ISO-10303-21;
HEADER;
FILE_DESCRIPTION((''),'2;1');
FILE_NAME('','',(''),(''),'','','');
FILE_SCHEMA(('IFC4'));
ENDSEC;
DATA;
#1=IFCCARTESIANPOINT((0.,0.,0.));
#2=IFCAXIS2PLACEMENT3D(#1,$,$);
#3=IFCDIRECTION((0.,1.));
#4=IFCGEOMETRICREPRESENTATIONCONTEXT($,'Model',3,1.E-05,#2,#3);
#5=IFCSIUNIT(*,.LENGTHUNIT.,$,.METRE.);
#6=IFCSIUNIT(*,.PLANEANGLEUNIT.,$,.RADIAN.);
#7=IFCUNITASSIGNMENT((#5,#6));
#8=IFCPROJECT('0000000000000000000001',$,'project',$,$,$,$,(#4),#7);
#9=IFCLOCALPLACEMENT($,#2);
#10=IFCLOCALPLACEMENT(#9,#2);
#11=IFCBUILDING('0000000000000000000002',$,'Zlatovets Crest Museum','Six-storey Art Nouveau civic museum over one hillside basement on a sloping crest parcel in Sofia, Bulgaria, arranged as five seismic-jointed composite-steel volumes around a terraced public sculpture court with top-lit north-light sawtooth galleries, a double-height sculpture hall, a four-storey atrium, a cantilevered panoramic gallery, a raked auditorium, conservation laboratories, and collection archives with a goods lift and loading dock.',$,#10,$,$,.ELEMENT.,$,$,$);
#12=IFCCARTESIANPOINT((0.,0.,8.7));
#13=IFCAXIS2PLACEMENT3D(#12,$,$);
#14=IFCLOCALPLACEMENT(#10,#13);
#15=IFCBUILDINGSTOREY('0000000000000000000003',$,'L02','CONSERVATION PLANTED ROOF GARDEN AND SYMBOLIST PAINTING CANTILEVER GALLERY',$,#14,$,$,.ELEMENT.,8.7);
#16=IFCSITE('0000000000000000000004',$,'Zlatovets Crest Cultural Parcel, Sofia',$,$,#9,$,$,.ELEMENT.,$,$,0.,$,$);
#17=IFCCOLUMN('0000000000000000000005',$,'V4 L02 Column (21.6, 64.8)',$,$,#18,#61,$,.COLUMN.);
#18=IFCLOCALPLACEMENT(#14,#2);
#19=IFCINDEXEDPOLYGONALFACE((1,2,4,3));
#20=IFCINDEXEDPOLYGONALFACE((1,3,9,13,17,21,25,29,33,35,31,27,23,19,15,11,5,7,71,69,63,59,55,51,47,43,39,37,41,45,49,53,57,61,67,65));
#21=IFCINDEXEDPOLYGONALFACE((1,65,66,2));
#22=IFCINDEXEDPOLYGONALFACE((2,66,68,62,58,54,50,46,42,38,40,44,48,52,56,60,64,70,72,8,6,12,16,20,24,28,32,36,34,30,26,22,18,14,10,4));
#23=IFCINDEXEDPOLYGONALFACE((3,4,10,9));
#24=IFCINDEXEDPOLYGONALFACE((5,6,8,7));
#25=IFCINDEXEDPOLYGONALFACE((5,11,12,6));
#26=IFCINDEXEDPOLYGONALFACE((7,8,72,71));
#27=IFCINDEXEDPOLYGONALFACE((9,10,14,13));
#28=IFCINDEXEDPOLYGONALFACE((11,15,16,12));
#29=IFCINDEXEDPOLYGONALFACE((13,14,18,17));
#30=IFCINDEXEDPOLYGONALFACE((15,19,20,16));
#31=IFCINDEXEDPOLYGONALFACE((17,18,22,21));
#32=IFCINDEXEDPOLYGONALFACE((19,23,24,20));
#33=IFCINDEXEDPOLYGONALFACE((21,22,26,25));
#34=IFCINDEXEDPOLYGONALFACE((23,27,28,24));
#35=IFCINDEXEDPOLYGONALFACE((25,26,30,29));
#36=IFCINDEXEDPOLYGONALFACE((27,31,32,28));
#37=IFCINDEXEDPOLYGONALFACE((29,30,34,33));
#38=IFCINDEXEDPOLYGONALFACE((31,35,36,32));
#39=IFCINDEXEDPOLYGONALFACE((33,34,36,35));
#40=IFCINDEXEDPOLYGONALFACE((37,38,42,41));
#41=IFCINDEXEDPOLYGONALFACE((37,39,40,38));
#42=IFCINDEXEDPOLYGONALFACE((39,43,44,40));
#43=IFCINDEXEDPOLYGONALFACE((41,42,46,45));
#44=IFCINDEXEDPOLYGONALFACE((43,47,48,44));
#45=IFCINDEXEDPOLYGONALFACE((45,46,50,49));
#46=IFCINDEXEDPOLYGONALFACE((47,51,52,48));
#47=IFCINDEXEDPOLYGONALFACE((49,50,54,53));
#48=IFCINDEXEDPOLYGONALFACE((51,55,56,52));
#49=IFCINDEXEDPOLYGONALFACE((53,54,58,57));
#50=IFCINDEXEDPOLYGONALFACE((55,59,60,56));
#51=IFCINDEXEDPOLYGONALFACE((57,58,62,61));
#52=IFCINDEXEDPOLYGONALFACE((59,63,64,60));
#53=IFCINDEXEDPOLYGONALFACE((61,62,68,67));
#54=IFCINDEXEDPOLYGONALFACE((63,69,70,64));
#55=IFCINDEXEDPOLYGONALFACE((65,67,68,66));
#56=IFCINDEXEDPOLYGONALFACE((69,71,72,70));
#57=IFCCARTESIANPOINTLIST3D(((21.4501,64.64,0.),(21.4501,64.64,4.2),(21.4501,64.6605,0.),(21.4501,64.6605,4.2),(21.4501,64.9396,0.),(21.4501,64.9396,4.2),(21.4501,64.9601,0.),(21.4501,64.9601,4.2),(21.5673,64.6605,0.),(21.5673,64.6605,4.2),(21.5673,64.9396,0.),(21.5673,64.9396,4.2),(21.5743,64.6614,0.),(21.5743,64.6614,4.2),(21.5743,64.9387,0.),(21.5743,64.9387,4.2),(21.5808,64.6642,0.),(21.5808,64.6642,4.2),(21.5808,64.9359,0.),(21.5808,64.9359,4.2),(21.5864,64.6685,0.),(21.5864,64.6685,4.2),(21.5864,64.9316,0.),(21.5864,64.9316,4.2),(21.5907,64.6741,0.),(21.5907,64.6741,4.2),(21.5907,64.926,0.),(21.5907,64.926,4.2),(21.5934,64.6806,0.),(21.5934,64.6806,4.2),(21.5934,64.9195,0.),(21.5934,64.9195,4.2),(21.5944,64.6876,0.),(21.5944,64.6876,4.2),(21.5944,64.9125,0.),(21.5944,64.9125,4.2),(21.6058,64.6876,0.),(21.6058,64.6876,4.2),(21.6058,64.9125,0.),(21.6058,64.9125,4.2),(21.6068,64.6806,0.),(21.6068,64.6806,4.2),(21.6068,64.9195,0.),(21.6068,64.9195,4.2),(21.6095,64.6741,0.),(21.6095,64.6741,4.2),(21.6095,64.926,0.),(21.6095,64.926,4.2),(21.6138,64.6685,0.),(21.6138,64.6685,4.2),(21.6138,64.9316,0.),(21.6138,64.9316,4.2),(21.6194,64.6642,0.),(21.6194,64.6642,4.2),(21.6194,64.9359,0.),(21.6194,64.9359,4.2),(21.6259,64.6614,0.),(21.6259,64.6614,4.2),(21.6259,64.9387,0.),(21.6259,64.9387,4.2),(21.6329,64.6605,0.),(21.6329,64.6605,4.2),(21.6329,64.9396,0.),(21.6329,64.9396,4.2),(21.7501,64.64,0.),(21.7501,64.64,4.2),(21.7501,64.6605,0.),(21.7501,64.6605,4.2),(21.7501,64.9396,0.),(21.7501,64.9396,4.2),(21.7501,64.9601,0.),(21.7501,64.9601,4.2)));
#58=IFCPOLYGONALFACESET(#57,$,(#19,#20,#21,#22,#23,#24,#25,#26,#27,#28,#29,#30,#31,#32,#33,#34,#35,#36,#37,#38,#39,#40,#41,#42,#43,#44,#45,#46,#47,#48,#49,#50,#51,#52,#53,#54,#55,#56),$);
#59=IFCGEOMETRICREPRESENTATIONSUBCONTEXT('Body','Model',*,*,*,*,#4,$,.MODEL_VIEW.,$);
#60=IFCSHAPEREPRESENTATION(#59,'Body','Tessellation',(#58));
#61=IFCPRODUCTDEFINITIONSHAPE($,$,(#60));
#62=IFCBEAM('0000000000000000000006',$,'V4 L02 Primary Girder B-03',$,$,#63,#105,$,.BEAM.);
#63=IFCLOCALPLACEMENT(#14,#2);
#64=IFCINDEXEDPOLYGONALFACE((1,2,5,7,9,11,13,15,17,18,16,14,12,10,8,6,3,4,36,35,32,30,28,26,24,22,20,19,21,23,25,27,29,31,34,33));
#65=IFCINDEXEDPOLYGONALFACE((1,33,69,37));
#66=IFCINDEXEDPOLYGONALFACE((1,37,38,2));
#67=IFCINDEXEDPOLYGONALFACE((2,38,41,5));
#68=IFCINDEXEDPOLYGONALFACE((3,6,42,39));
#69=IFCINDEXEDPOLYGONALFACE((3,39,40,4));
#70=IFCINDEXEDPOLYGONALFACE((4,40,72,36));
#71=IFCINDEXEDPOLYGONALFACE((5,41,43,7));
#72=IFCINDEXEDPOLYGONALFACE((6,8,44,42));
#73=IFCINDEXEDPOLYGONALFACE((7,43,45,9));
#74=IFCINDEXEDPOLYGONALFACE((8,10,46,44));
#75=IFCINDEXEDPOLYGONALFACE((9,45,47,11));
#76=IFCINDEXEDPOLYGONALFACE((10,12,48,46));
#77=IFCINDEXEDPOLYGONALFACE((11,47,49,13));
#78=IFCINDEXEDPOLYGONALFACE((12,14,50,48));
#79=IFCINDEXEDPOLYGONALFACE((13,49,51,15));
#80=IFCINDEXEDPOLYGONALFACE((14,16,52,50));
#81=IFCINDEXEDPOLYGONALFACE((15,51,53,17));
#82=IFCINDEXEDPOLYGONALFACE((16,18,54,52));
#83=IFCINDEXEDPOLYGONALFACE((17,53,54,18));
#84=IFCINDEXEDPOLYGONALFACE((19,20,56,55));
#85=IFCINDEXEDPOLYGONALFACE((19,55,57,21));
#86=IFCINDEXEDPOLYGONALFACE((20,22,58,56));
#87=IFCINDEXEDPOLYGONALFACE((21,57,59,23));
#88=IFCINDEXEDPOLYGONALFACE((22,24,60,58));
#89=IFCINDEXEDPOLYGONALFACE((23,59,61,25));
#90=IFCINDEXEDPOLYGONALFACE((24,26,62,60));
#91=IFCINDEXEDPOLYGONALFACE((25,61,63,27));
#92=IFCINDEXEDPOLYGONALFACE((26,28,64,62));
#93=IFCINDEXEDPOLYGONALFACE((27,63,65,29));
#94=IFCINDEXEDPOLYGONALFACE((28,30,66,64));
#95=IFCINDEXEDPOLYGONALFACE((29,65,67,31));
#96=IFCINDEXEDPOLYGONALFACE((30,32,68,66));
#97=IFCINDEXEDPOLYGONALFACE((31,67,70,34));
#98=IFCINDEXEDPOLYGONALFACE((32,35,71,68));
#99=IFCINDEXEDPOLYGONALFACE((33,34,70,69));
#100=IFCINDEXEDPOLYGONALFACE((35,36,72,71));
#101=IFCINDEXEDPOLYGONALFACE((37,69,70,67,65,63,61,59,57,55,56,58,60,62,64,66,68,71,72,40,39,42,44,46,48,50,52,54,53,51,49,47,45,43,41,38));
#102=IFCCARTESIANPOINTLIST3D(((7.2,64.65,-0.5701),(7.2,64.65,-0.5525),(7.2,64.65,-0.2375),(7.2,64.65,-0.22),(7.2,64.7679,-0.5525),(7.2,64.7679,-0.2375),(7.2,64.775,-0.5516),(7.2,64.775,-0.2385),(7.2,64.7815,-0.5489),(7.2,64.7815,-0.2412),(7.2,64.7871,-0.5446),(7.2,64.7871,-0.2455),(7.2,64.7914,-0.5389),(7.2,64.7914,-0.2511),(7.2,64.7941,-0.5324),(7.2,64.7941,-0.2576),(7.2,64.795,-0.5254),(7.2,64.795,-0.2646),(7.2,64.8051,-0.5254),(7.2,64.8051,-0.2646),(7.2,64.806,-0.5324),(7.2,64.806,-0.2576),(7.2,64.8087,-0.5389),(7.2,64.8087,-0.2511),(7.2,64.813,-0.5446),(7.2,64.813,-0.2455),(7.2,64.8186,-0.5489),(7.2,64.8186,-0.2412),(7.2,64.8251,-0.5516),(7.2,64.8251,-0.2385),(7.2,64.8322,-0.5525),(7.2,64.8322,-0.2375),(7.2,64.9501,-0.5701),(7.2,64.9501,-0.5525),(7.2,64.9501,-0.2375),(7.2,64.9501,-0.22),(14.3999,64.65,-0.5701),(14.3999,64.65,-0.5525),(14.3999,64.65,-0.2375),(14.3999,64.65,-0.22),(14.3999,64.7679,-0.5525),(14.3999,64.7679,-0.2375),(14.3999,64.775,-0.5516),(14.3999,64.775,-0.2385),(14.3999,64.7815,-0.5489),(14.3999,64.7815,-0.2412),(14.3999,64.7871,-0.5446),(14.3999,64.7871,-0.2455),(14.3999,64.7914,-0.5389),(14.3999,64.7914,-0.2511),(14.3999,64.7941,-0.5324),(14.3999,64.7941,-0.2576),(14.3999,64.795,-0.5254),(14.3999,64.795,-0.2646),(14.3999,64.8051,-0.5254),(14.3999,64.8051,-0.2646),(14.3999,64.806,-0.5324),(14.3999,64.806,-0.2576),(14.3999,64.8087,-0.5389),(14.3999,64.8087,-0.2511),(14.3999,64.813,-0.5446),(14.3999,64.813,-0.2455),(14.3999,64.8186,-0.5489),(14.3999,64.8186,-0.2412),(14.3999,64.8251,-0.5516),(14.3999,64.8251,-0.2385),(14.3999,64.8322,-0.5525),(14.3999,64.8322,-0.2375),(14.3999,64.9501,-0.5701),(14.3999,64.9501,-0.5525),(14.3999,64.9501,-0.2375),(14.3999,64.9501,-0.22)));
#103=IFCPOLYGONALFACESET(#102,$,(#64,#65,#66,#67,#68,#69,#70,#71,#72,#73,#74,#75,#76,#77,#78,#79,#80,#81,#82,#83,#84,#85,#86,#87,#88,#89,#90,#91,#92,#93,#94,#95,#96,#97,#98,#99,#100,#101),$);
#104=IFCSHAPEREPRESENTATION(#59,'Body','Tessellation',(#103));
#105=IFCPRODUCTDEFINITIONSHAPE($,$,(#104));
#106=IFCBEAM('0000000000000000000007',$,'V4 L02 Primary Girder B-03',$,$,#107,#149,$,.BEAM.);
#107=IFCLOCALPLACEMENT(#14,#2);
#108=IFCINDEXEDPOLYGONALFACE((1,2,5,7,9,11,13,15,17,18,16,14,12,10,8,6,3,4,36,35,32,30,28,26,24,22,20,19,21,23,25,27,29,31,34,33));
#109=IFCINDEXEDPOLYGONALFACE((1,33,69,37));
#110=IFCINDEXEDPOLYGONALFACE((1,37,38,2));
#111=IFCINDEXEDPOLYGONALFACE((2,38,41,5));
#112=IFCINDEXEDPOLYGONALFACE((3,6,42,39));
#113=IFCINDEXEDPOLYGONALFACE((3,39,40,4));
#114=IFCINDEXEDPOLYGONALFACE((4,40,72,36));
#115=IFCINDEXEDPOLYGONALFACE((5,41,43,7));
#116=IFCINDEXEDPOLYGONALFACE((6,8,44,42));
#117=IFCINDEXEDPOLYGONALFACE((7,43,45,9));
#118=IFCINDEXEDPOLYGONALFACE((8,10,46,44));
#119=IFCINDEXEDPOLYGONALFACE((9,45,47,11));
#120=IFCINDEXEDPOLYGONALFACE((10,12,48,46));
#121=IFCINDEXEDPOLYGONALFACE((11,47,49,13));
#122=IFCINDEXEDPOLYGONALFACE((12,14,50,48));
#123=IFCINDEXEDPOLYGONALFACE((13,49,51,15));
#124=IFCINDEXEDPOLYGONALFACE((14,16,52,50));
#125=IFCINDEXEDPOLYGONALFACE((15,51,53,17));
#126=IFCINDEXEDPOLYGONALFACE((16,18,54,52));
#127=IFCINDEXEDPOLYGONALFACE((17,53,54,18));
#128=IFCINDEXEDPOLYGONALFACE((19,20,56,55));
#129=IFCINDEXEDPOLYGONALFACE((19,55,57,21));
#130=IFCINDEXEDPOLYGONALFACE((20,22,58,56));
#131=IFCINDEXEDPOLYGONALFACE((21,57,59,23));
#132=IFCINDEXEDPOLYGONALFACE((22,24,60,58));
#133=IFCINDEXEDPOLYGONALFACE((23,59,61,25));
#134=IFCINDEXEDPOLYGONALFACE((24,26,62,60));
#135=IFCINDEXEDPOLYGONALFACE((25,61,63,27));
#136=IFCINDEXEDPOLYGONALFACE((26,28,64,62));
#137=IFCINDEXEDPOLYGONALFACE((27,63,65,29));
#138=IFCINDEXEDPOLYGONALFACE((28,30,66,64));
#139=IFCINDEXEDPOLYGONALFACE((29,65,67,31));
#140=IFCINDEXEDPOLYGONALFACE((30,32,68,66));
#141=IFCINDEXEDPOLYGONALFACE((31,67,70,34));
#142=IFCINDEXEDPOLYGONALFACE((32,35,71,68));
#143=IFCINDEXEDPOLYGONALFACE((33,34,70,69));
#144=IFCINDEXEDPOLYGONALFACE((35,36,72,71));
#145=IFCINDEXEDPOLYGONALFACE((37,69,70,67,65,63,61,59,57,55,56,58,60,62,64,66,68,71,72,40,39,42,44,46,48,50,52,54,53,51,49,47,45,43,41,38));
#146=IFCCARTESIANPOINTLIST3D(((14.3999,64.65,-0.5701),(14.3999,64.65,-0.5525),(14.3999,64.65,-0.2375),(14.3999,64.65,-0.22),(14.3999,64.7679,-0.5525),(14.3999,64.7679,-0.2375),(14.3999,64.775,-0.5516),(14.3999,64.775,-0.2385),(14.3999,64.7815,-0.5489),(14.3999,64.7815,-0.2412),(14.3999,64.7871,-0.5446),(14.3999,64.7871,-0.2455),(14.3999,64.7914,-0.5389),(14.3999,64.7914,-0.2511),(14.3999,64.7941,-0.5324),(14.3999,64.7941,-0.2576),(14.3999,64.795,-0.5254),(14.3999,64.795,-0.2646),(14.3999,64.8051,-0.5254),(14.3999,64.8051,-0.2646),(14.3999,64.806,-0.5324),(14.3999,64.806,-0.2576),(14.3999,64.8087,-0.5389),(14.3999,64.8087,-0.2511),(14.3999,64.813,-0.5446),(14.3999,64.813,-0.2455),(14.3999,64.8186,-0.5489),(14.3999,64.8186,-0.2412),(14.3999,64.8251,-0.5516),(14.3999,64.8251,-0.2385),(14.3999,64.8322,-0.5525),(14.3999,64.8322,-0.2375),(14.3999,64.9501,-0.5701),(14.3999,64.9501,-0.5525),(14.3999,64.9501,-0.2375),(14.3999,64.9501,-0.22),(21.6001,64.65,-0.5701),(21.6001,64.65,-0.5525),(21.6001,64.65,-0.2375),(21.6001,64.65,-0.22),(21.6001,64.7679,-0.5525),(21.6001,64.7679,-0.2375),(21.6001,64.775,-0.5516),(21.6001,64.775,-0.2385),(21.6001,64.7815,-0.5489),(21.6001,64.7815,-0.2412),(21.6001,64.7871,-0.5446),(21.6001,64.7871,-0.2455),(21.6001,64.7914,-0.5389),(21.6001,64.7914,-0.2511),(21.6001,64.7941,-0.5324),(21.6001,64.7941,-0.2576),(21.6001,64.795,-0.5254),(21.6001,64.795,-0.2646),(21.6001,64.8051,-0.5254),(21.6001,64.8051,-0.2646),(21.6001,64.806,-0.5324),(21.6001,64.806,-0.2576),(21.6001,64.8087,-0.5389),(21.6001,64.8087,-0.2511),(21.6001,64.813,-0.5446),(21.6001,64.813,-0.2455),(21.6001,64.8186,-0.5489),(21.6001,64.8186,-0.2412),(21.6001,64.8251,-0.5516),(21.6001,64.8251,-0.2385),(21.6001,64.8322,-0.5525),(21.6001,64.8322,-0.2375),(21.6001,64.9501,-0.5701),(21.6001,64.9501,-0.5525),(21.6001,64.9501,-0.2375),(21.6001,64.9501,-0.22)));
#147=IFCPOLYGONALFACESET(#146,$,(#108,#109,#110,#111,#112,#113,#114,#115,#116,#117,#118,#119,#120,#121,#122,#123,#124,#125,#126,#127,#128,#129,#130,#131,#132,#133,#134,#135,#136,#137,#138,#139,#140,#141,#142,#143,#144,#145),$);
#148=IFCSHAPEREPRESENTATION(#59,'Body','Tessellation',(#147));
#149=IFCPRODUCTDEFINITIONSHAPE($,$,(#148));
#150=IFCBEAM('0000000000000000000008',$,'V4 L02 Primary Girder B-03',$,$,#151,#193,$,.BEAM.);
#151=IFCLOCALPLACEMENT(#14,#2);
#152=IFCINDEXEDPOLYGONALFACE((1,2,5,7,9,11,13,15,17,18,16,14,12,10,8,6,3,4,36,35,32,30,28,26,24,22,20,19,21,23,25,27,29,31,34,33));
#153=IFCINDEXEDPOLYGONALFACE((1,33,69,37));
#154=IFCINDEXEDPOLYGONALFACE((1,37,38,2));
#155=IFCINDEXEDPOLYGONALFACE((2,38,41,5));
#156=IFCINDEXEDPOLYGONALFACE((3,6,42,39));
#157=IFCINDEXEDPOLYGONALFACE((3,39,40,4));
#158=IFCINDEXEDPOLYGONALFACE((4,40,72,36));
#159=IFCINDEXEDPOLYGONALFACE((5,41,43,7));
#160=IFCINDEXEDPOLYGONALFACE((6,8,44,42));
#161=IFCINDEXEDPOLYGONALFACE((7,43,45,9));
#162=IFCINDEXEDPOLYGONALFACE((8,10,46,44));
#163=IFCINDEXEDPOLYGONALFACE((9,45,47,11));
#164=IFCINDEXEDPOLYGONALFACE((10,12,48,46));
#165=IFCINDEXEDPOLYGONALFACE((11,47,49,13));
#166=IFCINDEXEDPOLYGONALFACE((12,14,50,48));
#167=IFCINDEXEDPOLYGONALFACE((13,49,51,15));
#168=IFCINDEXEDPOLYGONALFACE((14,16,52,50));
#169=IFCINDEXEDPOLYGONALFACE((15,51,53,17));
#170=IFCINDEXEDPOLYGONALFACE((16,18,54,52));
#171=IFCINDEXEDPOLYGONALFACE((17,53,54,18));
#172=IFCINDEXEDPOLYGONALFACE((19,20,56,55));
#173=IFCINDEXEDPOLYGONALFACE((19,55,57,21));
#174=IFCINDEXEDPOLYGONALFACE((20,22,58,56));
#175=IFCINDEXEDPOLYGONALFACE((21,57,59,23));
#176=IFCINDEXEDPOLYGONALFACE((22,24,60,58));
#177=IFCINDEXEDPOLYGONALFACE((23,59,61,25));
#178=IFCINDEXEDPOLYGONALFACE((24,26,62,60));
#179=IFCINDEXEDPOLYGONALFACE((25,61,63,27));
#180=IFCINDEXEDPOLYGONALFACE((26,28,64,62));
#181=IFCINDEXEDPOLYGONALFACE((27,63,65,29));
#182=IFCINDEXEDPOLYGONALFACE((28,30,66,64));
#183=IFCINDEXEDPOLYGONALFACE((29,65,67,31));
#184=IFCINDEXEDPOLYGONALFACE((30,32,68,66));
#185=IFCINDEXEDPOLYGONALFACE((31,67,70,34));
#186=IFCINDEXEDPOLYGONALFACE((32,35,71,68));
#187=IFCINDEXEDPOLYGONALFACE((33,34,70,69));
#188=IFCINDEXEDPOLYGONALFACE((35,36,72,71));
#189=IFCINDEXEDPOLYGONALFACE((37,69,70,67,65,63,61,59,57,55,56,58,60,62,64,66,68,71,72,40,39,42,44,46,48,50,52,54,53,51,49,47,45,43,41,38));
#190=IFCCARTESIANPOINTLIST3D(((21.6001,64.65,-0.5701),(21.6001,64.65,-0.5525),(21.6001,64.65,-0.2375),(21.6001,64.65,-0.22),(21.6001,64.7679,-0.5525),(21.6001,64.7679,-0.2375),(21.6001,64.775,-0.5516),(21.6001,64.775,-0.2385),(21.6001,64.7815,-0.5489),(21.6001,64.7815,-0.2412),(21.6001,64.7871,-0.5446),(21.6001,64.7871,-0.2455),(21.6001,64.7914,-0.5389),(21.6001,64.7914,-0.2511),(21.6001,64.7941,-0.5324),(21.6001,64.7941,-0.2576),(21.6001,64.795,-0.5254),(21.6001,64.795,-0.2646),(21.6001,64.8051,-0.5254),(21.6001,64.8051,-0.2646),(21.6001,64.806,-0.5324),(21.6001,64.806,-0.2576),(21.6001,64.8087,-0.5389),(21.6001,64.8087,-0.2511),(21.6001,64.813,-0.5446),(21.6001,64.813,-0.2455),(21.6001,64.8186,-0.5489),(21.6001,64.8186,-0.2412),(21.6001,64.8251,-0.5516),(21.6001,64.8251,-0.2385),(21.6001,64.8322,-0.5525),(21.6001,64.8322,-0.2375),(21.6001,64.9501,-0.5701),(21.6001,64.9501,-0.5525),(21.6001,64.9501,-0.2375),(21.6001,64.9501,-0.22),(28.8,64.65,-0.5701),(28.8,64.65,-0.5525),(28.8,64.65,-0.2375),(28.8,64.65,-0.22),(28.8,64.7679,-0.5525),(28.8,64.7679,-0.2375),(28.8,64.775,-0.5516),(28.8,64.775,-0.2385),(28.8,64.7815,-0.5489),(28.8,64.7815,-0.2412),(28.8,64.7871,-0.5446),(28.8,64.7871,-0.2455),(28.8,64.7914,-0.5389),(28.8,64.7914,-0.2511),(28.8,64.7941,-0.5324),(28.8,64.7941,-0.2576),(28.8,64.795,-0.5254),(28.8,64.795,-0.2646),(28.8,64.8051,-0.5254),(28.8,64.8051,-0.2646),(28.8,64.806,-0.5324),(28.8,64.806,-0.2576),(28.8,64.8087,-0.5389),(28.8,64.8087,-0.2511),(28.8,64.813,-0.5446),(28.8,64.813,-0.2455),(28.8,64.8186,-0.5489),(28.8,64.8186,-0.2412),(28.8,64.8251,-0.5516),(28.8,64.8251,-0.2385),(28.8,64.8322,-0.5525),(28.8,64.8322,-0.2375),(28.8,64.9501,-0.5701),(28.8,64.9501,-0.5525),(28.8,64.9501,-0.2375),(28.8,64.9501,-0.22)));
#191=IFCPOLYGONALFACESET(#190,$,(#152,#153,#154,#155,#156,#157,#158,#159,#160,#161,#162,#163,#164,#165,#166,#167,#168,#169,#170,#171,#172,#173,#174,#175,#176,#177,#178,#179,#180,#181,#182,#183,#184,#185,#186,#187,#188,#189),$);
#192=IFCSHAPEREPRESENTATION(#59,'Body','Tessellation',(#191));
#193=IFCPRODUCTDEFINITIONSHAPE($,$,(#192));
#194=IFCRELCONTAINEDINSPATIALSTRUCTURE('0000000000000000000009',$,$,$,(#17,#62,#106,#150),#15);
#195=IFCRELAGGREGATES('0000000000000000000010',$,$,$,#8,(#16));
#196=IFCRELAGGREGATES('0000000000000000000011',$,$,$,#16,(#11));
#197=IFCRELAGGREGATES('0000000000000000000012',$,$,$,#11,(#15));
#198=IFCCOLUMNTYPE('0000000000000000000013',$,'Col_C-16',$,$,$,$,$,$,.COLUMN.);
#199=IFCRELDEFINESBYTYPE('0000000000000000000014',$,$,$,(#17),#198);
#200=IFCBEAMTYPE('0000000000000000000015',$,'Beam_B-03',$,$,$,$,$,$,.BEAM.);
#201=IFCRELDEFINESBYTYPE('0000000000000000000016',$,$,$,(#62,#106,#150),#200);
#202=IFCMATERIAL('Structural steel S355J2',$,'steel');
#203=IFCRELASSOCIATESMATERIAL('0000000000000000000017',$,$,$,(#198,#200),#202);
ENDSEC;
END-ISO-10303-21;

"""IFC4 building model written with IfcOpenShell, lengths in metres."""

from ifc_helpers import new_model, si_unit, direction, frame, origin, origin_2d, place, context, subcontext, project, spatial, i_section, extrude, material, material_profile, profile_set, type_object, element, save


model = new_model("IFC4")

# Units and contexts
model_context = context("Model", 3, precision=1e-05, world=origin(), true_north=direction((0.0, 1.0)))
body_context = subcontext(model_context, "Body", "Model", "MODEL_VIEW")
ifc_project = project(units=[si_unit("LENGTHUNIT", "METRE"), si_unit("PLANEANGLEUNIT", "RADIAN")], contexts=[model_context])

# Site, building, storey
site_placement = place(None, origin())
site = spatial("IfcSite", under=ifc_project, at=site_placement, Name="Zlatovets Crest Cultural Parcel, Sofia", CompositionType="ELEMENT", RefElevation=0.0)
building_placement = place(site_placement, origin())
building = spatial("IfcBuilding", under=site, at=building_placement, Name="Zlatovets Crest Museum", Description="Six-storey Art Nouveau civic museum over one hillside basement on a sloping crest parcel in Sofia, Bulgaria, arranged as five seismic-jointed composite-steel volumes around a terraced public sculpture court with top-lit north-light sawtooth galleries, a double-height sculpture hall, a four-storey atrium, a cantilevered panoramic gallery, a raked auditorium, conservation laboratories, and collection archives with a goods lift and loading dock.", CompositionType="ELEMENT")
storey_placement = place(building_placement, frame((0.0, 0.0, 8.7)))
storey = spatial("IfcBuildingStorey", under=building, at=storey_placement, Name="L02", Description="CONSERVATION PLANTED ROOF GARDEN AND SYMBOLIST PAINTING CANTILEVER GALLERY", CompositionType="ELEMENT", Elevation=8.7)

# Column
ifc_material = material(Name="Structural steel S355J2", Category="steel")
ifc_material_profile_1 = material_profile(ifc_material, i_section(OverallWidth=0.3, OverallDepth=0.3201, WebThickness=0.0115, FlangeThickness=0.0205, FilletRadius=0.0271, at=origin_2d()), Name="HEB 320")
ifc_profile_set_1 = profile_set([ifc_material_profile_1], Name="Structural steel S355J2")
column_type_1 = type_object("IfcColumnType", Name="Col_C-16", PredefinedType="COLUMN", material=ifc_profile_set_1)
for number, where, z_axis, x_axis, name in (
    (1, (21.6001, 64.8, 0.0), (0.0, 0.0, 1.0), (1.0, 0.0, 0.0), "V4 L02 Column (21.6, 64.8)"),
):
    element("IfcColumn", number, at=place(storey_placement, frame(where, z_axis=z_axis, x_axis=x_axis)), inside=storey, type_object=column_type_1, Name=name, PredefinedType="COLUMN", context=body_context, shape_type="SweptSolid", body=[
        extrude(i_section(OverallWidth=0.3, OverallDepth=0.3201, WebThickness=0.0115, FlangeThickness=0.0205, FilletRadius=0.0271, at=origin_2d()), origin(), (0.0, 0.0, 1.0), 4.2),
    ])

# Beams
ifc_material_profile_2 = material_profile(ifc_material, i_section(OverallWidth=0.3, OverallDepth=0.3501, WebThickness=0.01, FlangeThickness=0.0176, FilletRadius=0.0271, at=origin_2d()), Name="HEA 360")
ifc_profile_set_2 = profile_set([ifc_material_profile_2], Name="Structural steel S355J2")
beam_type_1 = type_object("IfcBeamType", Name="Beam_B-03", PredefinedType="BEAM", material=ifc_profile_set_2)
beam_1_placement = place(storey_placement, frame((7.2, 64.8, -0.395), z_axis=(1.0, 0.0, 0.0), x_axis=(0.0, 1.0, 0.0)))
element("IfcBeam", 2, at=beam_1_placement, inside=storey, type_object=beam_type_1, Name="V4 L02 Primary Girder B-03", PredefinedType="BEAM", context=body_context, shape_type="SweptSolid", body=[
    extrude(i_section(OverallWidth=0.3, OverallDepth=0.3501, WebThickness=0.01, FlangeThickness=0.0176, FilletRadius=0.0271, at=origin_2d()), origin(), (0.0, 0.0, 1.0), 7.2),
])
beam_2_placement = place(storey_placement, frame((14.3999, 64.8, -0.395), z_axis=(1.0, 0.0, 0.0), x_axis=(0.0, 1.0, 0.0)))
element("IfcBeam", 3, at=beam_2_placement, inside=storey, type_object=beam_type_1, Name="V4 L02 Primary Girder B-03", PredefinedType="BEAM", context=body_context, shape_type="SweptSolid", body=[
    extrude(i_section(OverallWidth=0.3, OverallDepth=0.3501, WebThickness=0.01, FlangeThickness=0.0176, FilletRadius=0.0271, at=origin_2d()), origin(), (0.0, 0.0, 1.0), 7.2002),
])
for number, where, z_axis, x_axis, name in (
    (4, (21.6001, 64.8, -0.395), (1.0, 0.0, 0.0), (0.0, 1.0, 0.0), "V4 L02 Primary Girder B-03"),
):
    element("IfcBeam", number, at=place(storey_placement, frame(where, z_axis=z_axis, x_axis=x_axis)), inside=storey, type_object=beam_type_1, Name=name, PredefinedType="BEAM", context=body_context, shape_type="SweptSolid", body=[
        extrude(i_section(OverallWidth=0.3, OverallDepth=0.3501, WebThickness=0.01, FlangeThickness=0.0176, FilletRadius=0.0271, at=origin_2d()), origin(), (0.0, 0.0, 1.0), 7.2),
    ])

save(model, "model.ifc")
